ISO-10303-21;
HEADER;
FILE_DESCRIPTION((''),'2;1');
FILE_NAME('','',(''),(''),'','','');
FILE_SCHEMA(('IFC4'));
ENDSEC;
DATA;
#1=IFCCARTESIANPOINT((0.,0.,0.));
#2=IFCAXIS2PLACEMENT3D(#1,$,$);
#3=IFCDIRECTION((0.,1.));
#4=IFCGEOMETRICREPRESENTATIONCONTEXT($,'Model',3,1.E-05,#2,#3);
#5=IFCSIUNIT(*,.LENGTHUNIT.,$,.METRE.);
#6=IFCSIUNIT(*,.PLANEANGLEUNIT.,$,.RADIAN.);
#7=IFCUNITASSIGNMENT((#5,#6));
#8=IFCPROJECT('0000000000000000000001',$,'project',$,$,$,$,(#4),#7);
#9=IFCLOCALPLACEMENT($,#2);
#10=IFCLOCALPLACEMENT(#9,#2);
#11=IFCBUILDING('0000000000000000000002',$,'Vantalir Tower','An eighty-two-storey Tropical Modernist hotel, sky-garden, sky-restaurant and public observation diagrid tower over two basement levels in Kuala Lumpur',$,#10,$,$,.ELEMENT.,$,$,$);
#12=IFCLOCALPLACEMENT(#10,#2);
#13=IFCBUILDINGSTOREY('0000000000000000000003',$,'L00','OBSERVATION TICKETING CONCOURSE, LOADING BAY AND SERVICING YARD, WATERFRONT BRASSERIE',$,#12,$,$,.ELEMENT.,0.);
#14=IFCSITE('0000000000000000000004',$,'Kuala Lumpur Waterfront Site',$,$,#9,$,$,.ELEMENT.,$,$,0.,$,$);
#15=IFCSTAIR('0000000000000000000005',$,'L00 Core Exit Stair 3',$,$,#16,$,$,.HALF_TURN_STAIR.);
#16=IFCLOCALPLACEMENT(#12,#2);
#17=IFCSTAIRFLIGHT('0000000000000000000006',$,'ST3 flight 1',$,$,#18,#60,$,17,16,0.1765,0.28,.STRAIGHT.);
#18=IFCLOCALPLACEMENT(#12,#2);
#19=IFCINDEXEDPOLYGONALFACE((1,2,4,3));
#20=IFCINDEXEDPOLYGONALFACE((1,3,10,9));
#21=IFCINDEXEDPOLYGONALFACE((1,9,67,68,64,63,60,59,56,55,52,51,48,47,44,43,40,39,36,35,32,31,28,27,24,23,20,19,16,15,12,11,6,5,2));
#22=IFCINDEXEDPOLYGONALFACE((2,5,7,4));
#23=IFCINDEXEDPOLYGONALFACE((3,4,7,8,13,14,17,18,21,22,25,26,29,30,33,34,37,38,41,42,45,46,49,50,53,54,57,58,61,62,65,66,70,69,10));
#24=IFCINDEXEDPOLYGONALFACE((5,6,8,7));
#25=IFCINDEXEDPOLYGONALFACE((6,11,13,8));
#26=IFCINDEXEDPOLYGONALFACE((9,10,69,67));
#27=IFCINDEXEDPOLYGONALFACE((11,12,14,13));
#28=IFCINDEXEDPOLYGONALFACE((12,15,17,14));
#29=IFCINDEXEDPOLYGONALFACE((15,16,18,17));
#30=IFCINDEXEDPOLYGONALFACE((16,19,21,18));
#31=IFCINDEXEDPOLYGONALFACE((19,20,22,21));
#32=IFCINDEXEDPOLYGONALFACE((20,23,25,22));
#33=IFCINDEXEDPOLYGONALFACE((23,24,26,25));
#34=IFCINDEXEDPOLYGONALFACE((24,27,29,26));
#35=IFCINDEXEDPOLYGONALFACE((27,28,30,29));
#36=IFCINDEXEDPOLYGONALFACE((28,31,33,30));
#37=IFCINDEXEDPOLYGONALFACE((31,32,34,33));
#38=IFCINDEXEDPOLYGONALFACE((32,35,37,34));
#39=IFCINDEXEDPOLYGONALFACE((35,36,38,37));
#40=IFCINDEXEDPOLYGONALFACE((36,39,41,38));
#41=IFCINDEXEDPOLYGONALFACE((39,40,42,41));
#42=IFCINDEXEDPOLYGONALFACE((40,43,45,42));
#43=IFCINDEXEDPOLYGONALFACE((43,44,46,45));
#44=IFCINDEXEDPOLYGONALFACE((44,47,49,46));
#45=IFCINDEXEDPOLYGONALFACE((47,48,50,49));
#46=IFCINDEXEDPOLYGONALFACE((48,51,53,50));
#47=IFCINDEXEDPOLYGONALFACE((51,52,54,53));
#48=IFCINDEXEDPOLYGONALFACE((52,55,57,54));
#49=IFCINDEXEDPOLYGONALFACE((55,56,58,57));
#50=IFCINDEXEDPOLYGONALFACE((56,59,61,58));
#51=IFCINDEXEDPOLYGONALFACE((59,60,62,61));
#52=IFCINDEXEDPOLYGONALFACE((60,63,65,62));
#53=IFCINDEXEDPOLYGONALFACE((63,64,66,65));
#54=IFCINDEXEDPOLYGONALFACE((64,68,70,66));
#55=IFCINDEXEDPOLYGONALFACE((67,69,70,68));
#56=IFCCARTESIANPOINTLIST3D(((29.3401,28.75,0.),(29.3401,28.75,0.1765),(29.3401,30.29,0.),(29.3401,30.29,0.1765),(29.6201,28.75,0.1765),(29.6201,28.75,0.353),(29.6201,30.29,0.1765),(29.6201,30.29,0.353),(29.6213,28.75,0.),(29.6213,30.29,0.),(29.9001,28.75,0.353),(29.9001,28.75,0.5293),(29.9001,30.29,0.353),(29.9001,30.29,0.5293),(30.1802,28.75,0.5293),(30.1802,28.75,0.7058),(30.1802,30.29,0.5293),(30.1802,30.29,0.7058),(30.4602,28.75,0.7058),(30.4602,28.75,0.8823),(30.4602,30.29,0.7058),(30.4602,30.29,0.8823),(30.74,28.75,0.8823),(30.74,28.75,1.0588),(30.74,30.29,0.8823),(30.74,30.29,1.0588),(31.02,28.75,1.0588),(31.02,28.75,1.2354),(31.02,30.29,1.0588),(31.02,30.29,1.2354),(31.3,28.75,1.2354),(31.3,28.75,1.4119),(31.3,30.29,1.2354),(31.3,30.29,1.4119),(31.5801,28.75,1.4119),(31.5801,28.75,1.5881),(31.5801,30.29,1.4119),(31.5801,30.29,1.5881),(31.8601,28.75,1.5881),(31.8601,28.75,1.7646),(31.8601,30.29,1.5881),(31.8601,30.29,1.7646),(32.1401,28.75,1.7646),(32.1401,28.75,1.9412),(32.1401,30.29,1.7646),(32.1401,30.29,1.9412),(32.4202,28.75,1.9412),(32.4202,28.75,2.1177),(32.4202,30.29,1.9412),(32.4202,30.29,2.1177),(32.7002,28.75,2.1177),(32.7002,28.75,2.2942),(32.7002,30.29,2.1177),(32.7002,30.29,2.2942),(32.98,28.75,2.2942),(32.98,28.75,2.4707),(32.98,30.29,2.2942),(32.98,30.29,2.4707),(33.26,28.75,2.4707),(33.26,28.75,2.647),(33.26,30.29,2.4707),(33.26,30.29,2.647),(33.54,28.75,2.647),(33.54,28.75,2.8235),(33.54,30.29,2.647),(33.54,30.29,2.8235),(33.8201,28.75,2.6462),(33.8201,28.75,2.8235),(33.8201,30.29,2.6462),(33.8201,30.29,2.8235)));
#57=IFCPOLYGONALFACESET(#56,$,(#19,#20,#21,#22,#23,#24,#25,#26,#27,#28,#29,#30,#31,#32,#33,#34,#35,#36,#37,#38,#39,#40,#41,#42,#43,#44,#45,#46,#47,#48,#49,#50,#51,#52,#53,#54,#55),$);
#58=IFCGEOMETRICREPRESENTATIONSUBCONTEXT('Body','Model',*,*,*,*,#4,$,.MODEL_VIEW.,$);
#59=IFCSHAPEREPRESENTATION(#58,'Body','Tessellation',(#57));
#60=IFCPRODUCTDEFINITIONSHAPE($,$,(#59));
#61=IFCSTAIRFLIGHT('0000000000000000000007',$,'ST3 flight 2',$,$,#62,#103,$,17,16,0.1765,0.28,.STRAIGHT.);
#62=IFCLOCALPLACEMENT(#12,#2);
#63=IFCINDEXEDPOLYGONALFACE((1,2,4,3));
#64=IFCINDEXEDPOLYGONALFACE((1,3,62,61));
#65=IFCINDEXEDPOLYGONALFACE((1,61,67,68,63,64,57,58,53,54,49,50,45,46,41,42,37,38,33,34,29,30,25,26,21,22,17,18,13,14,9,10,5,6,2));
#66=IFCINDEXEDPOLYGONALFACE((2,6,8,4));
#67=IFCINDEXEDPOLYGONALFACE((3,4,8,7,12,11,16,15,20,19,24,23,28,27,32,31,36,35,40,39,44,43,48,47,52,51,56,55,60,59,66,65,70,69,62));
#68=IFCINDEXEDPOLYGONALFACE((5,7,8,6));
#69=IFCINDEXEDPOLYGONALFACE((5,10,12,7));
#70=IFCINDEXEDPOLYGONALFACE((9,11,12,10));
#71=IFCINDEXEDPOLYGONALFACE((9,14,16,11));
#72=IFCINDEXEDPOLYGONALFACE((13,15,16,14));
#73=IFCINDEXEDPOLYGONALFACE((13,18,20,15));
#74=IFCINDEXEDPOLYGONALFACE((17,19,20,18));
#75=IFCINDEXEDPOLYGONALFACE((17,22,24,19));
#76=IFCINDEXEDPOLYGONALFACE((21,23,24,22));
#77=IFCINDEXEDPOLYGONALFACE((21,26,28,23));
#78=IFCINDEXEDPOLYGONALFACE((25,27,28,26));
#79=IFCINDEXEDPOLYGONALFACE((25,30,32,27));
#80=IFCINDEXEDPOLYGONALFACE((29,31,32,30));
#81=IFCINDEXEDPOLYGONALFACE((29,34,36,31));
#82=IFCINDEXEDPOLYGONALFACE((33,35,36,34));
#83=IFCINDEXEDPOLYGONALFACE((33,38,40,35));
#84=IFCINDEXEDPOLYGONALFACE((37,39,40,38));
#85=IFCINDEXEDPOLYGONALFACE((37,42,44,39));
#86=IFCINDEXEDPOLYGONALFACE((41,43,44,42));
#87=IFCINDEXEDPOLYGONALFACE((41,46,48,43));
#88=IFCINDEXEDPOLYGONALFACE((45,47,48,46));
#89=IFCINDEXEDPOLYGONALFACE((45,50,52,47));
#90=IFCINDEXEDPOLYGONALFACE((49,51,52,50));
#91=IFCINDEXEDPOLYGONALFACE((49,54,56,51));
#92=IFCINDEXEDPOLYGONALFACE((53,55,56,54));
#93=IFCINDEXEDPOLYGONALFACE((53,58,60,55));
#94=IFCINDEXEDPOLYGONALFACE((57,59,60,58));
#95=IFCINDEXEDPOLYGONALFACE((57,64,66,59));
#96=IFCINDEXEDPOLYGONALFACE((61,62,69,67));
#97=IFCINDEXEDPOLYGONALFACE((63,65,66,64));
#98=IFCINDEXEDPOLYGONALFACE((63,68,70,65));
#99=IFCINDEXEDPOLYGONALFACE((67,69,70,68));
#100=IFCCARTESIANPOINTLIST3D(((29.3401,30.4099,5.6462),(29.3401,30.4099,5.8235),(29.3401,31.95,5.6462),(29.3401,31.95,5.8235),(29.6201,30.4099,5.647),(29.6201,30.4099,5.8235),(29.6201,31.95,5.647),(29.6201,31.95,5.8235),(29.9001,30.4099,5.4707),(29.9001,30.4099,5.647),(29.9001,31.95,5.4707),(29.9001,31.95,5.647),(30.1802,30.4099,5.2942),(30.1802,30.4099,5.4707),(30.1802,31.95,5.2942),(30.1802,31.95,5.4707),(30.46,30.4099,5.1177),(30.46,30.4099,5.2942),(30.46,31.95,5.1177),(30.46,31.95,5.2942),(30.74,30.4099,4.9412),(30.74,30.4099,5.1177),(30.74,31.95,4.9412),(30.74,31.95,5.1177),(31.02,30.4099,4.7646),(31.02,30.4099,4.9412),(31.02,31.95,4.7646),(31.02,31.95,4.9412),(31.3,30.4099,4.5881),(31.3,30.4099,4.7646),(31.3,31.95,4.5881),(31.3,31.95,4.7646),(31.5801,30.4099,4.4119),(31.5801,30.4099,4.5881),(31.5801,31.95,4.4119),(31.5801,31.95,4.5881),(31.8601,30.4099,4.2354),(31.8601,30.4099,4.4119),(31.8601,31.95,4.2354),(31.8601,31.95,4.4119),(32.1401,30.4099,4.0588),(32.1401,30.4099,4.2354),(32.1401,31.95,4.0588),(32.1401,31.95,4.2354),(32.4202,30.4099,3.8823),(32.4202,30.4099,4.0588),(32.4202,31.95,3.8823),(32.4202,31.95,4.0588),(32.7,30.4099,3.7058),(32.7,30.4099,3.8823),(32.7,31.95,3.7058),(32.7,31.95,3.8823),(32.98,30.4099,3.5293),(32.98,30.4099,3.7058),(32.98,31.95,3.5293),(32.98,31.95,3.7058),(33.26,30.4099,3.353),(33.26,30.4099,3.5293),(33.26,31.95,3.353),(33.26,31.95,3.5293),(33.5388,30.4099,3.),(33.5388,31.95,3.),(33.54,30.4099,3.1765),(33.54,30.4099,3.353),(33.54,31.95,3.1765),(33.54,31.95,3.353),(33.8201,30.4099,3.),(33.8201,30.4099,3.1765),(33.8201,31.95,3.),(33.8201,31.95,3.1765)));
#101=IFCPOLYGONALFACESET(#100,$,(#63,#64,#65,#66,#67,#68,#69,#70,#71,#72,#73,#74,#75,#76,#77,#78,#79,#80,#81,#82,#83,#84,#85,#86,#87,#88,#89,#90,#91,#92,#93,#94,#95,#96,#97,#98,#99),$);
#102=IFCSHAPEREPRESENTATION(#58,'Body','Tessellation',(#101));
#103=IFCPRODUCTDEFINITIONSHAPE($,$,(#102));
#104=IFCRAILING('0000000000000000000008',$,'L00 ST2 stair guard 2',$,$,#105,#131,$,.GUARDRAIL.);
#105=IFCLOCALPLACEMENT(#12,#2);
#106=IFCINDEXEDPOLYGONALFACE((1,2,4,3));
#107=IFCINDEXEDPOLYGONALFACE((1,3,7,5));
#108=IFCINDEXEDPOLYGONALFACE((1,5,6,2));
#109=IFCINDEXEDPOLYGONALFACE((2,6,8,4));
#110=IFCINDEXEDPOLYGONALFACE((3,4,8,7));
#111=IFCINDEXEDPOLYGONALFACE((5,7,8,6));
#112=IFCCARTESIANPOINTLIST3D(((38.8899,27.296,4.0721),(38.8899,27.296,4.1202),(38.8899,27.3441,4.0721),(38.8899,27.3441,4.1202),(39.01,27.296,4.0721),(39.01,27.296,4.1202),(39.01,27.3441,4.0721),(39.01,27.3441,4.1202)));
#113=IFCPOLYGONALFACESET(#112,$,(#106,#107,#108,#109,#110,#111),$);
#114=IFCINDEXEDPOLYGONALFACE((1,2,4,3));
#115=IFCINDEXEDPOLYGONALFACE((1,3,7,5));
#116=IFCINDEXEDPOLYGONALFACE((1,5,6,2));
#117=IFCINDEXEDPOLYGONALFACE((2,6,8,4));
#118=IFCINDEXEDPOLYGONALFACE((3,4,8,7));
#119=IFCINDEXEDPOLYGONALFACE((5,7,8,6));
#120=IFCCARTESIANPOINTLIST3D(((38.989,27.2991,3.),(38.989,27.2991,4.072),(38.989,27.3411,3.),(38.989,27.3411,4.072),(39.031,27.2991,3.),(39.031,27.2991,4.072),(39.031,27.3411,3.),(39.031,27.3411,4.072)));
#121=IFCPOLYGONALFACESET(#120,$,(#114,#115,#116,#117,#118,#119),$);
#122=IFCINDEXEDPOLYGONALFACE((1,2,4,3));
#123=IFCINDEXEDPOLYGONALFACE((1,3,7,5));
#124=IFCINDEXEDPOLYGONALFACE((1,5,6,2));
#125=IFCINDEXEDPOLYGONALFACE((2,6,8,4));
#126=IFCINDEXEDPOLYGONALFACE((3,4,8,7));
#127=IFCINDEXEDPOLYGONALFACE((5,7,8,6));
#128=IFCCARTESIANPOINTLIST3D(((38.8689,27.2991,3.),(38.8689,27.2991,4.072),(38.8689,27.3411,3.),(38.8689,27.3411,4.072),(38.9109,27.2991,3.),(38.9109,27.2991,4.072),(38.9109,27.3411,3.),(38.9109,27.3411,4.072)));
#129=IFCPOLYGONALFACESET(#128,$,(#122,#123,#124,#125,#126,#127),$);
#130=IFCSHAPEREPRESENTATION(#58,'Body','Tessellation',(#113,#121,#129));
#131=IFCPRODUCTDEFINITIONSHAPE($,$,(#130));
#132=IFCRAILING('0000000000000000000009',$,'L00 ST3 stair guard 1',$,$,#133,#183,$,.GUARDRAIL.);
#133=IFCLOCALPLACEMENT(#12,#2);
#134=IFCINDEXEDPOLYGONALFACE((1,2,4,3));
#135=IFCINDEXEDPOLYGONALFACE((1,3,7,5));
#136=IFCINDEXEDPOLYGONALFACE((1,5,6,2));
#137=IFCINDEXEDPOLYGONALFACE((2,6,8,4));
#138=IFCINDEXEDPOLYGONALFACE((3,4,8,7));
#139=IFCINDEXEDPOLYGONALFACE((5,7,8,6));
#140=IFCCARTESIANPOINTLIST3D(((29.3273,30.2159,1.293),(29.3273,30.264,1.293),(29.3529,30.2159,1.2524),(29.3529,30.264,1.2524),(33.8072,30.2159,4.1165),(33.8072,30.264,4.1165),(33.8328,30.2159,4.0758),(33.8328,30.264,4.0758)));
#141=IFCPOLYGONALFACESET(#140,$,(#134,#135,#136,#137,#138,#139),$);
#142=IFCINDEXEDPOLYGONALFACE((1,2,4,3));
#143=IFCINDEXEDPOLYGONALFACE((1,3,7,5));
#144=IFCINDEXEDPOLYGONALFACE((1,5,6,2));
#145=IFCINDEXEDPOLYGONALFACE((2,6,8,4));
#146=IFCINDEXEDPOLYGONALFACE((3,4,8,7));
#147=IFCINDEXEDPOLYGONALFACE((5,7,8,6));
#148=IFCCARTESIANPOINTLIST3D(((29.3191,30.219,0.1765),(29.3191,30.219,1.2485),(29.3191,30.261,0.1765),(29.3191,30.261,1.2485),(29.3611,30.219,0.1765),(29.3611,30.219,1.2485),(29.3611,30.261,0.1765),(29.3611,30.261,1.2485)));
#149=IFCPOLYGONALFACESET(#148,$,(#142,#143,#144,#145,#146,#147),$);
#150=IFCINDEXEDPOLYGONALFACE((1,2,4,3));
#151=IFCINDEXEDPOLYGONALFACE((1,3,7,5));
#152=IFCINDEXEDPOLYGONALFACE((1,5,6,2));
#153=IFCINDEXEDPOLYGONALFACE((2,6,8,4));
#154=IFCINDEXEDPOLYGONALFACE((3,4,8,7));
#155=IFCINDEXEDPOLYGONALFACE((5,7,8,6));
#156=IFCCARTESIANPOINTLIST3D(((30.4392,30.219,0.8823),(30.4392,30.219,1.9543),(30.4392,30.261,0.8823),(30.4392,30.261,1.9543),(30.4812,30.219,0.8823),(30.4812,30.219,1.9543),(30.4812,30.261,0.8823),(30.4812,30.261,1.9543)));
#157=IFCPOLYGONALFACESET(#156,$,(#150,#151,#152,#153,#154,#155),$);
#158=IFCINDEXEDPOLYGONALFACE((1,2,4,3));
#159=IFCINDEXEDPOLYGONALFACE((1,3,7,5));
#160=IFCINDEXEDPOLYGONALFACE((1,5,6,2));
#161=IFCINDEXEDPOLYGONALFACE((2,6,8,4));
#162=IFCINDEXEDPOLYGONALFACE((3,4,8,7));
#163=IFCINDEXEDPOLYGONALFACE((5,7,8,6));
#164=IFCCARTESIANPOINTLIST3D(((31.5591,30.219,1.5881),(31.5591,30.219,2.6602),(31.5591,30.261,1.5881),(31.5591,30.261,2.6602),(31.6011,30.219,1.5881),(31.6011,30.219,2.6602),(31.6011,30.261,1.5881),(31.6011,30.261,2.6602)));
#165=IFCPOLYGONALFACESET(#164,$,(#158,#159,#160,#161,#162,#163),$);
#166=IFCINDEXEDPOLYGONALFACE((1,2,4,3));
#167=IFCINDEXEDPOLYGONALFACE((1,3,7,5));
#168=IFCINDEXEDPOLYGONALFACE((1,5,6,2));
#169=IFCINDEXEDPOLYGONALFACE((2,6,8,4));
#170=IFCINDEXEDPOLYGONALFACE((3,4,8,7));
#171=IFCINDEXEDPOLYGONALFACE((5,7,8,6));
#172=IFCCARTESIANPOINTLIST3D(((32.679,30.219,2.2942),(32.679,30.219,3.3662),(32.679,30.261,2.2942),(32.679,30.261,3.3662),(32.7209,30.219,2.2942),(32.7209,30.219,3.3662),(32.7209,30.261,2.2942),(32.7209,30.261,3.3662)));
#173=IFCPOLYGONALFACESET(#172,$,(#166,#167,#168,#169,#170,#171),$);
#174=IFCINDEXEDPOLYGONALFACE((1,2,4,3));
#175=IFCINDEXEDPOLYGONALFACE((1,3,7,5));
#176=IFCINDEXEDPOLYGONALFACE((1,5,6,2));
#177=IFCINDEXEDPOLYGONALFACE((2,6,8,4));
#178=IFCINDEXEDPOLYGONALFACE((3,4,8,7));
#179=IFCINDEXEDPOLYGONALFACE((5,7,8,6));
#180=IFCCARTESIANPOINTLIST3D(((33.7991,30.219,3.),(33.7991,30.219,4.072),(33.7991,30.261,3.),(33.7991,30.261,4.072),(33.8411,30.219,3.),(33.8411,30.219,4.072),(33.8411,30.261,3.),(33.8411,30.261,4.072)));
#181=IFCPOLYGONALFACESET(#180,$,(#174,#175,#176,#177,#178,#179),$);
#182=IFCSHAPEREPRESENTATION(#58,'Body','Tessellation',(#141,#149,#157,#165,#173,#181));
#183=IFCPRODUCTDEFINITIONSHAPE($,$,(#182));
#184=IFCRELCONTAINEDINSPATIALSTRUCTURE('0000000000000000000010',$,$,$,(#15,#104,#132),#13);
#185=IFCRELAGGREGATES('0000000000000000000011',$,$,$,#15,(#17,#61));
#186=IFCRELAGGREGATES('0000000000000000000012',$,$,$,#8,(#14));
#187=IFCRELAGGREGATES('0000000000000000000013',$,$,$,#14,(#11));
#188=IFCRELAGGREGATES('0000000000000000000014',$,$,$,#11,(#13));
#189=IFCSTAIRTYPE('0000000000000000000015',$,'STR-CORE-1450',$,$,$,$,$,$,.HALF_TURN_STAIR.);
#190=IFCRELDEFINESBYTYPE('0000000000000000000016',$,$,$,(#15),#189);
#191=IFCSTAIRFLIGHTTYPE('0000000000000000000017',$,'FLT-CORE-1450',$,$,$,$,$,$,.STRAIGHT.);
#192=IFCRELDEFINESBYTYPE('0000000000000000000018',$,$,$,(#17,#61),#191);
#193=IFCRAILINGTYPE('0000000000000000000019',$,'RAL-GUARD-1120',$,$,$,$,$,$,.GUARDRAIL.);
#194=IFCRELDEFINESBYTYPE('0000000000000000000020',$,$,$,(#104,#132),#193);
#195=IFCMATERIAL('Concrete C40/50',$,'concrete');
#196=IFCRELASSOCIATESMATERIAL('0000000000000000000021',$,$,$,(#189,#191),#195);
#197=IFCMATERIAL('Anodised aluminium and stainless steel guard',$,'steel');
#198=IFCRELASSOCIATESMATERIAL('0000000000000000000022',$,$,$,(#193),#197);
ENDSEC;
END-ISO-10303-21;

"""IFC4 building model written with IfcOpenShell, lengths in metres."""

from ifc_helpers import new_model, si_unit, direction, frame, origin, origin_2d, place, context, subcontext, project, spatial, polyline, rectangle, outline, extrude, material, type_object, element, aggregate, save


model = new_model("IFC4")

# Units and contexts
model_context = context("Model", 3, precision=1e-05, world=origin(), true_north=direction((0.0, 1.0)))
body_context = subcontext(model_context, "Body", "Model", "MODEL_VIEW")
ifc_project = project(units=[si_unit("LENGTHUNIT", "METRE"), si_unit("PLANEANGLEUNIT", "RADIAN")], contexts=[model_context])

# Site, building, storey
site_placement = place(None, origin())
site = spatial("IfcSite", under=ifc_project, at=site_placement, Name="Kuala Lumpur Waterfront Site", CompositionType="ELEMENT", RefElevation=0.0)
building_placement = place(site_placement, origin())
building = spatial("IfcBuilding", under=site, at=building_placement, Name="Vantalir Tower", Description="An eighty-two-storey Tropical Modernist hotel, sky-garden, sky-restaurant and public observation diagrid tower over two basement levels in Kuala Lumpur", CompositionType="ELEMENT")
storey_placement = place(building_placement, origin())
storey = spatial("IfcBuildingStorey", under=building, at=storey_placement, Name="L00", Description="OBSERVATION TICKETING CONCOURSE, LOADING BAY AND SERVICING YARD, WATERFRONT BRASSERIE", CompositionType="ELEMENT", Elevation=0.0)

# Stair, stair flights
ifc_material_1 = material(Name="Concrete C40/50", Category="concrete")
stair_type = type_object("IfcStairType", Name="STR-CORE-1450", PredefinedType="HALF_TURN_STAIR", material=ifc_material_1)
stair_placement = place(storey_placement, origin())
stair = element("IfcStair", 1, at=stair_placement, inside=storey, type_object=stair_type, Name="L00 Core Exit Stair 3", PredefinedType="HALF_TURN_STAIR")
stair_flight_type = type_object("IfcStairFlightType", Name="FLT-CORE-1450", PredefinedType="STRAIGHT", material=ifc_material_1)
stair_flight_1_placement = place(storey_placement, frame((29.3401, 29.52, 0.0), z_axis=(0.0, 0.0, 1.0), x_axis=(1.0, 0.0, 0.0)))
stair_flight_1 = element("IfcStairFlight", 2, at=stair_flight_1_placement, type_object=stair_flight_type, Name="ST3 flight 1", NumberOfRisers=17, NumberOfTreads=16, PredefinedType="STRAIGHT", RiserHeight=0.1765, TreadLength=0.28, context=body_context, shape_type="SweptSolid", body=[
    extrude(outline(polyline([(0.0, 0.0), (0.0, 0.1765), (0.28, 0.1765), (0.28, 0.353), (0.5601, 0.353), (0.5601, 0.5293), (0.8401, 0.5293), (0.8401, 0.7058), (1.1201, 0.7058), (1.1201, 0.8823), (1.3999, 0.8823), (1.3999, 1.0588), (1.6799, 1.0588), (1.6799, 1.2354), (1.96, 1.2354), (1.96, 1.4119), (2.24, 1.4119), (2.24, 1.5881), (2.52, 1.5881), (2.52, 1.7646), (2.8, 1.7646), (2.8, 1.9412), (3.0801, 1.9412), (3.0801, 2.1177), (3.3601, 2.1177), (3.3601, 2.2942), (3.6399, 2.2942), (3.6399, 2.4707), (3.9199, 2.4707), (3.9199, 2.647), (4.2, 2.647), (4.2, 2.8235), (4.48, 2.8235), (4.48, 3.0), (4.48, 2.6462), (0.2812, 0.0), (0.0, 0.0)])), frame((0.0, 0.77, 0.0), z_axis=(0.0, -1.0, 0.0), x_axis=(1.0, 0.0, 0.0)), (0.0, 0.0, 1.0), 1.54),
])
stair_flight_2_placement = place(storey_placement, frame((33.8201, 31.1799, 3.0), z_axis=(0.0, 0.0, 1.0), x_axis=(-1.0, 0.0, 0.0)))
stair_flight_2 = element("IfcStairFlight", 3, at=stair_flight_2_placement, type_object=stair_flight_type, Name="ST3 flight 2", NumberOfRisers=17, NumberOfTreads=16, PredefinedType="STRAIGHT", RiserHeight=0.1765, TreadLength=0.28, context=body_context, shape_type="SweptSolid", body=[
    extrude(outline(polyline([(0.0, 0.0), (0.0, 0.1765), (0.28, 0.1765), (0.28, 0.353), (0.5601, 0.353), (0.5601, 0.5293), (0.8401, 0.5293), (0.8401, 0.7058), (1.1201, 0.7058), (1.1201, 0.8823), (1.3999, 0.8823), (1.3999, 1.0588), (1.6799, 1.0588), (1.6799, 1.2354), (1.96, 1.2354), (1.96, 1.4119), (2.24, 1.4119), (2.24, 1.5881), (2.52, 1.5881), (2.52, 1.7646), (2.8, 1.7646), (2.8, 1.9412), (3.0801, 1.9412), (3.0801, 2.1177), (3.3601, 2.1177), (3.3601, 2.2942), (3.6399, 2.2942), (3.6399, 2.4707), (3.9199, 2.4707), (3.9199, 2.647), (4.2, 2.647), (4.2, 2.8235), (4.48, 2.8235), (4.48, 3.0), (4.48, 2.6462), (0.2812, 0.0), (0.0, 0.0)])), frame((0.0, 0.77, 0.0), z_axis=(0.0, -1.0, 0.0), x_axis=(1.0, 0.0, 0.0)), (0.0, 0.0, 1.0), 1.54),
])
aggregate(stair, [stair_flight_1, stair_flight_2])

# Railings
ifc_material_2 = material(Name="Anodised aluminium and stainless steel guard", Category="steel")
railing_type_1 = type_object("IfcRailingType", Name="RAL-GUARD-1120", PredefinedType="GUARDRAIL", material=ifc_material_2)
railing_1_placement = place(storey_placement, frame((39.01, 27.3201, 3.0)))
element("IfcRailing", 4, at=railing_1_placement, inside=storey, type_object=railing_type_1, Name="L00 ST2 stair guard 2", PredefinedType="GUARDRAIL", context=body_context, shape_type="SweptSolid", body=[
    extrude(rectangle(XDim=0.0481, YDim=0.0481, at=origin_2d()), frame((0.0, 0.0, 1.0962), z_axis=(-1.0, 0.0, 0.0), x_axis=(0.0, -1.0, 0.0)), (0.0, 0.0, 1.0), 0.1201),
    extrude(rectangle(XDim=0.042, YDim=0.042, at=origin_2d()), origin(), (0.0, 0.0, 1.0), 1.072),
    extrude(rectangle(XDim=0.042, YDim=0.042, at=origin_2d()), frame((-0.1201, 0.0, 0.0)), (0.0, 0.0, 1.0), 1.072),
])
railing_2_placement = place(storey_placement, frame((29.3401, 30.24, 0.1765)))
element("IfcRailing", 5, at=railing_2_placement, inside=storey, type_object=railing_type_1, Name="L00 ST3 stair guard 1", PredefinedType="GUARDRAIL", context=body_context, shape_type="SweptSolid", body=[
    extrude(rectangle(XDim=0.0481, YDim=0.0481, at=origin_2d()), frame((0.0, 0.0, 1.0962), z_axis=(0.845998, 0.0, 0.533186), x_axis=(0.0, 1.0, 0.0)), (0.0, 0.0, 1.0), 5.2954),
    extrude(rectangle(XDim=0.042, YDim=0.042, at=origin_2d()), origin(), (0.0, 0.0, 1.0), 1.072),
    extrude(rectangle(XDim=0.042, YDim=0.042, at=origin_2d()), frame((1.1201, 0.0, 0.7058)), (0.0, 0.0, 1.0), 1.072),
    extrude(rectangle(XDim=0.042, YDim=0.042, at=origin_2d()), frame((2.24, 0.0, 1.4116)), (0.0, 0.0, 1.0), 1.072),
    extrude(rectangle(XDim=0.042, YDim=0.042, at=origin_2d()), frame((3.3599, 0.0, 2.1177)), (0.0, 0.0, 1.0), 1.072),
    extrude(rectangle(XDim=0.042, YDim=0.042, at=origin_2d()), frame((4.48, 0.0, 2.8235)), (0.0, 0.0, 1.0), 1.072),
])

save(model, "model.ifc")
